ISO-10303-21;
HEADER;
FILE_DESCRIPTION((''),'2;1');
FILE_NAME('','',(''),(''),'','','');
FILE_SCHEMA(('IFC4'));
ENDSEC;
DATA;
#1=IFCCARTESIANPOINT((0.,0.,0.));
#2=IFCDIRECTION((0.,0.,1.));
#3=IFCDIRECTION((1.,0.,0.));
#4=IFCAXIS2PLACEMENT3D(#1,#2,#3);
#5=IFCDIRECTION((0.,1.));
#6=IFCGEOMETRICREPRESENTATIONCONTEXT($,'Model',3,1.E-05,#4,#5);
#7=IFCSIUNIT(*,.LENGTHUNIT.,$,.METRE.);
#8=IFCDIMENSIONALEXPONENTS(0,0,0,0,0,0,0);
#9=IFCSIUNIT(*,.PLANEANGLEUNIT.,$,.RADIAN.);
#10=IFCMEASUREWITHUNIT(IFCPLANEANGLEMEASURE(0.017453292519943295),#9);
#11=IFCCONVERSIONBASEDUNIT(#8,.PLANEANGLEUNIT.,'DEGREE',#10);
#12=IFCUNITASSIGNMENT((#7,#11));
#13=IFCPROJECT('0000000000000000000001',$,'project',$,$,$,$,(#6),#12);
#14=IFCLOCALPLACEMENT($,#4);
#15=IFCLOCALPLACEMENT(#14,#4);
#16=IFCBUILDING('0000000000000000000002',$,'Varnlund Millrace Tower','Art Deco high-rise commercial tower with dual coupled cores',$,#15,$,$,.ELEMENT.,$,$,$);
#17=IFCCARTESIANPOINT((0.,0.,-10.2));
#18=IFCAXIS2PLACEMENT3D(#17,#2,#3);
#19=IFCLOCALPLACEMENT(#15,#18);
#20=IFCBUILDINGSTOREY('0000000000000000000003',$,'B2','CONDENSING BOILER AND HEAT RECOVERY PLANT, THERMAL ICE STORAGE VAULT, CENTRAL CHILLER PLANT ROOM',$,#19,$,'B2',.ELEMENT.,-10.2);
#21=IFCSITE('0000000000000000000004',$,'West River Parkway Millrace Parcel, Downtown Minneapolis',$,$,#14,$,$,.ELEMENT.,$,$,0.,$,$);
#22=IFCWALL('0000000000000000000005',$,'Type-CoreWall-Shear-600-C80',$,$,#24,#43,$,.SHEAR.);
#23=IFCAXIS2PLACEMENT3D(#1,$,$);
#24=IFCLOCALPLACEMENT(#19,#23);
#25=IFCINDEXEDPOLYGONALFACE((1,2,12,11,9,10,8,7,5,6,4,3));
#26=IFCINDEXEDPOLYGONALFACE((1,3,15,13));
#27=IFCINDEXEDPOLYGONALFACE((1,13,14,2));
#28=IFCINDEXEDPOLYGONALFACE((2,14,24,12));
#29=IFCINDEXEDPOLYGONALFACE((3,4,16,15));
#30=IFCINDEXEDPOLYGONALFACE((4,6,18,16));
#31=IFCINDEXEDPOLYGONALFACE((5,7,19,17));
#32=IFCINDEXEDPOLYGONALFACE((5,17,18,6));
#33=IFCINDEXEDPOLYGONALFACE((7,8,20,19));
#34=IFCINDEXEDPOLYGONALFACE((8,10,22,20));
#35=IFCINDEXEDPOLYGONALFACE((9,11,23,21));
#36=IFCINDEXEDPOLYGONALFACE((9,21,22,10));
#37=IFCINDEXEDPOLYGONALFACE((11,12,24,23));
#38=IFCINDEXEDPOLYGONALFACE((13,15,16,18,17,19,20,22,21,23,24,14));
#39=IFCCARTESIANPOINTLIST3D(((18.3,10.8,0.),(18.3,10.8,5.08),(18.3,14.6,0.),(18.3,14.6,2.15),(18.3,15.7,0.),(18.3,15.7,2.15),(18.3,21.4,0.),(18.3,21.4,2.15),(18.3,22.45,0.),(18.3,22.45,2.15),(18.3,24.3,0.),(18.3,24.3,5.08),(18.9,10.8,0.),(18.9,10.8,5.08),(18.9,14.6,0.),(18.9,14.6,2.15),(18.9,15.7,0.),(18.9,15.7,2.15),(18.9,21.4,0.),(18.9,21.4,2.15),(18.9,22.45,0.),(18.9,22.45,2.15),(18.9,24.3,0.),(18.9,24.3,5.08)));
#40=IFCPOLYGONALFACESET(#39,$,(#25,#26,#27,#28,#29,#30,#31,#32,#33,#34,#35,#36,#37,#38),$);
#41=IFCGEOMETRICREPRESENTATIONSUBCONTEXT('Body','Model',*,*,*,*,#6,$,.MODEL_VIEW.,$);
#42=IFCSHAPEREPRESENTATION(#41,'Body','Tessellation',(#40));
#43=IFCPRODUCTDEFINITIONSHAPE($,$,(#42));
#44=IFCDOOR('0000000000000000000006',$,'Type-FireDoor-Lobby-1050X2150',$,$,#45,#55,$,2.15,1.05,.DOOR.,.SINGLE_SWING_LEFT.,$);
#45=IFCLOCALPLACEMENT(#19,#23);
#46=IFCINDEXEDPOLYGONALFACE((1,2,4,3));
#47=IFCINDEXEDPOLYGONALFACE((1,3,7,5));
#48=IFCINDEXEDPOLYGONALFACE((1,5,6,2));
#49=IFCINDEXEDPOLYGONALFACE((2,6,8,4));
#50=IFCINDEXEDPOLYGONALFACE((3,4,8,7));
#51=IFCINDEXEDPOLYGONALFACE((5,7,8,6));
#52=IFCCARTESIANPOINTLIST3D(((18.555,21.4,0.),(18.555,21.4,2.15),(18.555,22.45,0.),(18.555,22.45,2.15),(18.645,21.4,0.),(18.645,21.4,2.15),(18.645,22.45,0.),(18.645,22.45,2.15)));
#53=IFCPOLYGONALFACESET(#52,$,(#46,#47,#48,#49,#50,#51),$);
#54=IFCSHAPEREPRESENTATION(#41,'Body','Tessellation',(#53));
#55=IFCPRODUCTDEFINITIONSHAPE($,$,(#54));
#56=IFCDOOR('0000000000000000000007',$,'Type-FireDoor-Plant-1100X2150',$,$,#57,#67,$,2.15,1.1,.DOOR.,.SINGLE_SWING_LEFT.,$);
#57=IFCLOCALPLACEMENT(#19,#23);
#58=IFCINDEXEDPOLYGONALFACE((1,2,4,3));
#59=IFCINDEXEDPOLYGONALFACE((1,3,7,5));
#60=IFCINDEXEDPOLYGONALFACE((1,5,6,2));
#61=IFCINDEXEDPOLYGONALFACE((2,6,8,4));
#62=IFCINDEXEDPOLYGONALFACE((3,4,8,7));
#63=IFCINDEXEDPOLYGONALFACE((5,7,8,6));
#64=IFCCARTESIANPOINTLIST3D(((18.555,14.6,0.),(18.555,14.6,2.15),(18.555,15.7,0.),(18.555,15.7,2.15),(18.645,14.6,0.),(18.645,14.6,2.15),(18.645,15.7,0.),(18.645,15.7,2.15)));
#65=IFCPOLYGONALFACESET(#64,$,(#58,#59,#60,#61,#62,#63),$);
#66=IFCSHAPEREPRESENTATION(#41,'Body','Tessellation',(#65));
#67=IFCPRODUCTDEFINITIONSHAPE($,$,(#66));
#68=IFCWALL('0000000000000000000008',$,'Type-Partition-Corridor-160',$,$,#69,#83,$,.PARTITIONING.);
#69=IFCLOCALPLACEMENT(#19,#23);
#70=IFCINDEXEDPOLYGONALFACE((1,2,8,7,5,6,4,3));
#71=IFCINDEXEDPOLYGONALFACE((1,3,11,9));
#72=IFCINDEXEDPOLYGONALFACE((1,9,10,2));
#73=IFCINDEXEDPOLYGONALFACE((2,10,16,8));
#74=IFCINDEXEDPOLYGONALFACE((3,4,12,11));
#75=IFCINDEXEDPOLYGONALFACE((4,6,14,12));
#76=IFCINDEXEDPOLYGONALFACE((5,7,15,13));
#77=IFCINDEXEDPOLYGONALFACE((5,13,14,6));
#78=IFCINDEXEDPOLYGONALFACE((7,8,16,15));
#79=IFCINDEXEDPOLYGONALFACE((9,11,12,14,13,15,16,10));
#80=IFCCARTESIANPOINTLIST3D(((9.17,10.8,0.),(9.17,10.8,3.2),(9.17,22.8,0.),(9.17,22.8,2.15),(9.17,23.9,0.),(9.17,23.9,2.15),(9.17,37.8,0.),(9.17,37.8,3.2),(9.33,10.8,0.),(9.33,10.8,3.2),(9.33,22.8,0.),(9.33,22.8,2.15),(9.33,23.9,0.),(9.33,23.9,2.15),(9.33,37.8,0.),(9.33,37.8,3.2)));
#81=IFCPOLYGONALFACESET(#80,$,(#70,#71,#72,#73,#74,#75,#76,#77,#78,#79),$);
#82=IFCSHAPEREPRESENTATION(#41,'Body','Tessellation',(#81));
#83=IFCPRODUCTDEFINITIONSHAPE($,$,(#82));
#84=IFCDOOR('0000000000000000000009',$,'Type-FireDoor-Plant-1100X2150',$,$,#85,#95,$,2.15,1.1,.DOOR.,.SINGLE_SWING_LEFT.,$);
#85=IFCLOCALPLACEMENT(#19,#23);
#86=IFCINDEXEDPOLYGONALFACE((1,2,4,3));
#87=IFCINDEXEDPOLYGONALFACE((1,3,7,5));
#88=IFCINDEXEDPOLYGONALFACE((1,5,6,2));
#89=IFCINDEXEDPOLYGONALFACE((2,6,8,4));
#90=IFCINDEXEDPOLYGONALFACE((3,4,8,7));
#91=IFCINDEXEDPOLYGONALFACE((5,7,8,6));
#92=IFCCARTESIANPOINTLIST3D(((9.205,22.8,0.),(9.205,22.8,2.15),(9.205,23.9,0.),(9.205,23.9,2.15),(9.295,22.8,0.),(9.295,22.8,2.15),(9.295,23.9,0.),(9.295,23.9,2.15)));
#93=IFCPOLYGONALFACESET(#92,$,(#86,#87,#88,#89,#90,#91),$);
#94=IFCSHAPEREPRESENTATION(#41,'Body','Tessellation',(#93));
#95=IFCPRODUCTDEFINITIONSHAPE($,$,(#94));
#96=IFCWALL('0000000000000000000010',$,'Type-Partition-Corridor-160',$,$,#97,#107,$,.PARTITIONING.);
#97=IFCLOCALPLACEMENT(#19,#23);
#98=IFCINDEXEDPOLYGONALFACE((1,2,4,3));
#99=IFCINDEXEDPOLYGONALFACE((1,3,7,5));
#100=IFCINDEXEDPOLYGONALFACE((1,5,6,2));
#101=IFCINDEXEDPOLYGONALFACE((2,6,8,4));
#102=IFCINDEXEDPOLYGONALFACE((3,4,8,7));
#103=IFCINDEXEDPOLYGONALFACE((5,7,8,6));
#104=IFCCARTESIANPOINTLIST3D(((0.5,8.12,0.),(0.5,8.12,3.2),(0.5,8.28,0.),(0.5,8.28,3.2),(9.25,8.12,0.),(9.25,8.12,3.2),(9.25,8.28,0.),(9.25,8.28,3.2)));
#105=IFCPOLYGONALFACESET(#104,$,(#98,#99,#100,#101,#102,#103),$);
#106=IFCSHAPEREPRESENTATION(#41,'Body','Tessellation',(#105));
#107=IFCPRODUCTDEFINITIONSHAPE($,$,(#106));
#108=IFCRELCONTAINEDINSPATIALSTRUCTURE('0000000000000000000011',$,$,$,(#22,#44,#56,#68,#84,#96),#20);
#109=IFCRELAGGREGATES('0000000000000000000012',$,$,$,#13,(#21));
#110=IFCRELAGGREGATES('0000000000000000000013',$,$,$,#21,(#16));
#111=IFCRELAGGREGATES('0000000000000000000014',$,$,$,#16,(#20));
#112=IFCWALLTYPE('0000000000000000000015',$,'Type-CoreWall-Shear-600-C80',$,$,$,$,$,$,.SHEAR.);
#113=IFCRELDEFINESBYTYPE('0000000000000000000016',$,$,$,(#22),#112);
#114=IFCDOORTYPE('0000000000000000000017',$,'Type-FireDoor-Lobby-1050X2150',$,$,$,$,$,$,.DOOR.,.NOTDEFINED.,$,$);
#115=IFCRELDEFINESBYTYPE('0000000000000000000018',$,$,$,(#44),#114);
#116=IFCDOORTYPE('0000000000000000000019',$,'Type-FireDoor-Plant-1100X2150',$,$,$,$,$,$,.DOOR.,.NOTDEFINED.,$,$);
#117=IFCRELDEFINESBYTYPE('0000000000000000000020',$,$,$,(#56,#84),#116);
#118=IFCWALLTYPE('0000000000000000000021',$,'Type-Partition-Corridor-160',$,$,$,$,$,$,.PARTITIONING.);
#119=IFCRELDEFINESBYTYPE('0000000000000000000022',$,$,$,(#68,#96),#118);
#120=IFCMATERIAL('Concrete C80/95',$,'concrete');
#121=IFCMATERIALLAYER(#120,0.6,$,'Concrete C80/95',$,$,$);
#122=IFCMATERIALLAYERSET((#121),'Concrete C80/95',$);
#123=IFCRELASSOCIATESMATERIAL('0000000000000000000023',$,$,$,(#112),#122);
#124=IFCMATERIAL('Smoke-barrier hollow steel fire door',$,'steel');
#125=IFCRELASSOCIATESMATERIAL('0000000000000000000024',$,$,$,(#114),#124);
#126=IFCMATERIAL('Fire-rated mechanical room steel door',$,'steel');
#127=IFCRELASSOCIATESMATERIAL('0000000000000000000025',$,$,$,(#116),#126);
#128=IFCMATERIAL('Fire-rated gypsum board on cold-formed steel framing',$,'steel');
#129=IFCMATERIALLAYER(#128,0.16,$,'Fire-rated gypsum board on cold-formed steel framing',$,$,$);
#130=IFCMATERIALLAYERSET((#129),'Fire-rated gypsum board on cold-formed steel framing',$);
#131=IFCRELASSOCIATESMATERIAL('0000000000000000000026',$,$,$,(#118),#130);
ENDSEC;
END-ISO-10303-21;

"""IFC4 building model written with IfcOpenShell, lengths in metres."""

from ifc_helpers import new_model, entity, si_unit, converted_unit, direction, frame, origin_with_axes, origin_2d_with_axis, place, context, subcontext, project, spatial, polyline, rectangle, outline, extrude, material, layer, layer_set, type_object, element, fill, save


model = new_model("IFC4")

# Units and contexts
model_context = context("Model", 3, precision=1e-05, world=origin_with_axes(), true_north=direction((0.0, 1.0)))
body_context = subcontext(model_context, "Body", "Model", "MODEL_VIEW")
ifc_project = project(units=[si_unit("LENGTHUNIT", "METRE"), converted_unit("PLANEANGLEUNIT", "DEGREE", entity("IfcPlaneAngleMeasure", 0.017453292519943295), si_unit("PLANEANGLEUNIT", "RADIAN"), dimensions=[0, 0, 0, 0, 0, 0, 0])], contexts=[model_context])

# Site, building, storey
site_placement = place(None, origin_with_axes())
site = spatial("IfcSite", under=ifc_project, at=site_placement, Name="West River Parkway Millrace Parcel, Downtown Minneapolis", CompositionType="ELEMENT", RefElevation=0.0)
building_placement = place(site_placement, origin_with_axes())
building = spatial("IfcBuilding", under=site, at=building_placement, Name="Varnlund Millrace Tower", Description="Art Deco high-rise commercial tower with dual coupled cores", CompositionType="ELEMENT")
storey_placement = place(building_placement, frame((0.0, 0.0, -10.2), z_axis=(0.0, 0.0, 1.0), x_axis=(1.0, 0.0, 0.0)))
storey = spatial("IfcBuildingStorey", under=building, at=storey_placement, Name="B2", Description="CONDENSING BOILER AND HEAT RECOVERY PLANT, THERMAL ICE STORAGE VAULT, CENTRAL CHILLER PLANT ROOM", LongName="B2", CompositionType="ELEMENT", Elevation=-10.2)

# Shared definitions
ifc_material_1 = material(Name="Concrete C80/95", Category="concrete")

# Shared definitions
ifc_layer_1 = layer(ifc_material_1, 0.6, Name="Concrete C80/95")
ifc_layer_set_1 = layer_set([ifc_layer_1], Name="Concrete C80/95")
wall_type_1 = type_object("IfcWallType", Name="Type-CoreWall-Shear-600-C80", PredefinedType="SHEAR", material=ifc_layer_set_1)

# Wall, openings, doors
wall_1_placement = place(storey_placement, frame((18.6, 10.8, 0.0), z_axis=(0.0, 0.0, 1.0), x_axis=(0.0, 1.0, 0.0)))
wall_1 = element("IfcWall", 1, at=wall_1_placement, inside=storey, type_object=wall_type_1, Name="Type-CoreWall-Shear-600-C80", PredefinedType="SHEAR", context=body_context, shape_type="SweptSolid", body=[
    extrude(outline(polyline([(0.0, -0.3), (13.5, -0.3), (13.5, 0.3), (0.0, 0.3), (0.0, -0.3)])), origin_with_axes(), (0.0, 0.0, 1.0), 5.08),
])
opening_1_placement = place(wall_1_placement, frame((11.125, 0.0, 0.0), z_axis=(0.0, 0.0, 1.0), x_axis=(1.0, 0.0, 0.0)))
opening_1 = element("IfcOpeningElement", 2, at=opening_1_placement, cuts=wall_1, PredefinedType="OPENING", context=body_context, shape_type="SweptSolid", body=[
    extrude(rectangle(XDim=1.05, YDim=0.62, at=origin_2d_with_axis()), origin_with_axes(), (0.0, 0.0, 1.0), 2.15),
])
opening_2_placement = place(wall_1_placement, frame((4.35, 0.0, 0.0), z_axis=(0.0, 0.0, 1.0), x_axis=(1.0, 0.0, 0.0)))
opening_2 = element("IfcOpeningElement", 3, at=opening_2_placement, cuts=wall_1, PredefinedType="OPENING", context=body_context, shape_type="SweptSolid", body=[
    extrude(rectangle(XDim=1.1, YDim=0.62, at=origin_2d_with_axis()), origin_with_axes(), (0.0, 0.0, 1.0), 2.15),
])
ifc_material_2 = material(Name="Smoke-barrier hollow steel fire door", Category="steel")
door_type_1 = type_object("IfcDoorType", Name="Type-FireDoor-Lobby-1050X2150", OperationType="NOTDEFINED", PredefinedType="DOOR", material=ifc_material_2)
door_1_placement = place(wall_1_placement, frame((11.125, 0.0, 0.0), z_axis=(0.0, 0.0, 1.0), x_axis=(1.0, 0.0, 0.0)))
door_1 = element("IfcDoor", 4, at=door_1_placement, inside=storey, type_object=door_type_1, Name="Type-FireDoor-Lobby-1050X2150", OperationType="SINGLE_SWING_LEFT", OverallHeight=2.15, OverallWidth=1.05, PredefinedType="DOOR", context=body_context, shape_type="SweptSolid", body=[
    extrude(rectangle(XDim=1.05, YDim=0.09, at=origin_2d_with_axis()), origin_with_axes(), (0.0, 0.0, 1.0), 2.15),
])
fill(opening_1, door_1)
ifc_material_3 = material(Name="Fire-rated mechanical room steel door", Category="steel")
door_type_2 = type_object("IfcDoorType", Name="Type-FireDoor-Plant-1100X2150", OperationType="NOTDEFINED", PredefinedType="DOOR", material=ifc_material_3)
door_2_placement = place(wall_1_placement, frame((4.35, 0.0, 0.0), z_axis=(0.0, 0.0, 1.0), x_axis=(1.0, 0.0, 0.0)))
door_2 = element("IfcDoor", 5, at=door_2_placement, inside=storey, type_object=door_type_2, Name="Type-FireDoor-Plant-1100X2150", OperationType="SINGLE_SWING_LEFT", OverallHeight=2.15, OverallWidth=1.1, PredefinedType="DOOR", context=body_context, shape_type="SweptSolid", body=[
    extrude(rectangle(XDim=1.1, YDim=0.09, at=origin_2d_with_axis()), origin_with_axes(), (0.0, 0.0, 1.0), 2.15),
])
fill(opening_2, door_2)

# Wall, opening, door
ifc_material_4 = material(Name="Fire-rated gypsum board on cold-formed steel framing", Category="steel")
ifc_layer_2 = layer(ifc_material_4, 0.16, Name="Fire-rated gypsum board on cold-formed steel framing")
ifc_layer_set_2 = layer_set([ifc_layer_2], Name="Fire-rated gypsum board on cold-formed steel framing")
wall_type_2 = type_object("IfcWallType", Name="Type-Partition-Corridor-160", PredefinedType="PARTITIONING", material=ifc_layer_set_2)
wall_2_placement = place(storey_placement, frame((9.25, 10.8, 0.0), z_axis=(0.0, 0.0, 1.0), x_axis=(0.0, 1.0, 0.0)))
wall_2 = element("IfcWall", 6, at=wall_2_placement, inside=storey, type_object=wall_type_2, Name="Type-Partition-Corridor-160", PredefinedType="PARTITIONING", context=body_context, shape_type="SweptSolid", body=[
    extrude(outline(polyline([(0.0, -0.08), (27.0, -0.08), (27.0, 0.08), (0.0, 0.08), (0.0, -0.08)])), origin_with_axes(), (0.0, 0.0, 1.0), 3.2),
])
opening_3_placement = place(wall_2_placement, frame((12.55, 0.0, 0.0), z_axis=(0.0, 0.0, 1.0), x_axis=(1.0, 0.0, 0.0)))
opening_3 = element("IfcOpeningElement", 7, at=opening_3_placement, cuts=wall_2, PredefinedType="OPENING", context=body_context, shape_type="SweptSolid", body=[
    extrude(rectangle(XDim=1.1, YDim=0.18, at=origin_2d_with_axis()), origin_with_axes(), (0.0, 0.0, 1.0), 2.15),
])
door_3_placement = place(wall_2_placement, frame((12.55, 0.0, 0.0), z_axis=(0.0, 0.0, 1.0), x_axis=(1.0, 0.0, 0.0)))
door_3 = element("IfcDoor", 8, at=door_3_placement, inside=storey, type_object=door_type_2, Name="Type-FireDoor-Plant-1100X2150", OperationType="SINGLE_SWING_LEFT", OverallHeight=2.15, OverallWidth=1.1, PredefinedType="DOOR", context=body_context, shape_type="SweptSolid", body=[
    extrude(rectangle(XDim=1.1, YDim=0.09, at=origin_2d_with_axis()), origin_with_axes(), (0.0, 0.0, 1.0), 2.15),
])
fill(opening_3, door_3)

# Wall
wall_3_placement = place(storey_placement, frame((0.5, 8.2, 0.0), z_axis=(0.0, 0.0, 1.0), x_axis=(1.0, 0.0, 0.0)))
element("IfcWall", 9, at=wall_3_placement, inside=storey, type_object=wall_type_2, Name="Type-Partition-Corridor-160", PredefinedType="PARTITIONING", context=body_context, shape_type="SweptSolid", body=[
    extrude(outline(polyline([(0.0, -0.08), (8.75, -0.08), (8.75, 0.08), (0.0, 0.08), (0.0, -0.08)])), origin_with_axes(), (0.0, 0.0, 1.0), 3.2),
])

save(model, "model.ifc")
